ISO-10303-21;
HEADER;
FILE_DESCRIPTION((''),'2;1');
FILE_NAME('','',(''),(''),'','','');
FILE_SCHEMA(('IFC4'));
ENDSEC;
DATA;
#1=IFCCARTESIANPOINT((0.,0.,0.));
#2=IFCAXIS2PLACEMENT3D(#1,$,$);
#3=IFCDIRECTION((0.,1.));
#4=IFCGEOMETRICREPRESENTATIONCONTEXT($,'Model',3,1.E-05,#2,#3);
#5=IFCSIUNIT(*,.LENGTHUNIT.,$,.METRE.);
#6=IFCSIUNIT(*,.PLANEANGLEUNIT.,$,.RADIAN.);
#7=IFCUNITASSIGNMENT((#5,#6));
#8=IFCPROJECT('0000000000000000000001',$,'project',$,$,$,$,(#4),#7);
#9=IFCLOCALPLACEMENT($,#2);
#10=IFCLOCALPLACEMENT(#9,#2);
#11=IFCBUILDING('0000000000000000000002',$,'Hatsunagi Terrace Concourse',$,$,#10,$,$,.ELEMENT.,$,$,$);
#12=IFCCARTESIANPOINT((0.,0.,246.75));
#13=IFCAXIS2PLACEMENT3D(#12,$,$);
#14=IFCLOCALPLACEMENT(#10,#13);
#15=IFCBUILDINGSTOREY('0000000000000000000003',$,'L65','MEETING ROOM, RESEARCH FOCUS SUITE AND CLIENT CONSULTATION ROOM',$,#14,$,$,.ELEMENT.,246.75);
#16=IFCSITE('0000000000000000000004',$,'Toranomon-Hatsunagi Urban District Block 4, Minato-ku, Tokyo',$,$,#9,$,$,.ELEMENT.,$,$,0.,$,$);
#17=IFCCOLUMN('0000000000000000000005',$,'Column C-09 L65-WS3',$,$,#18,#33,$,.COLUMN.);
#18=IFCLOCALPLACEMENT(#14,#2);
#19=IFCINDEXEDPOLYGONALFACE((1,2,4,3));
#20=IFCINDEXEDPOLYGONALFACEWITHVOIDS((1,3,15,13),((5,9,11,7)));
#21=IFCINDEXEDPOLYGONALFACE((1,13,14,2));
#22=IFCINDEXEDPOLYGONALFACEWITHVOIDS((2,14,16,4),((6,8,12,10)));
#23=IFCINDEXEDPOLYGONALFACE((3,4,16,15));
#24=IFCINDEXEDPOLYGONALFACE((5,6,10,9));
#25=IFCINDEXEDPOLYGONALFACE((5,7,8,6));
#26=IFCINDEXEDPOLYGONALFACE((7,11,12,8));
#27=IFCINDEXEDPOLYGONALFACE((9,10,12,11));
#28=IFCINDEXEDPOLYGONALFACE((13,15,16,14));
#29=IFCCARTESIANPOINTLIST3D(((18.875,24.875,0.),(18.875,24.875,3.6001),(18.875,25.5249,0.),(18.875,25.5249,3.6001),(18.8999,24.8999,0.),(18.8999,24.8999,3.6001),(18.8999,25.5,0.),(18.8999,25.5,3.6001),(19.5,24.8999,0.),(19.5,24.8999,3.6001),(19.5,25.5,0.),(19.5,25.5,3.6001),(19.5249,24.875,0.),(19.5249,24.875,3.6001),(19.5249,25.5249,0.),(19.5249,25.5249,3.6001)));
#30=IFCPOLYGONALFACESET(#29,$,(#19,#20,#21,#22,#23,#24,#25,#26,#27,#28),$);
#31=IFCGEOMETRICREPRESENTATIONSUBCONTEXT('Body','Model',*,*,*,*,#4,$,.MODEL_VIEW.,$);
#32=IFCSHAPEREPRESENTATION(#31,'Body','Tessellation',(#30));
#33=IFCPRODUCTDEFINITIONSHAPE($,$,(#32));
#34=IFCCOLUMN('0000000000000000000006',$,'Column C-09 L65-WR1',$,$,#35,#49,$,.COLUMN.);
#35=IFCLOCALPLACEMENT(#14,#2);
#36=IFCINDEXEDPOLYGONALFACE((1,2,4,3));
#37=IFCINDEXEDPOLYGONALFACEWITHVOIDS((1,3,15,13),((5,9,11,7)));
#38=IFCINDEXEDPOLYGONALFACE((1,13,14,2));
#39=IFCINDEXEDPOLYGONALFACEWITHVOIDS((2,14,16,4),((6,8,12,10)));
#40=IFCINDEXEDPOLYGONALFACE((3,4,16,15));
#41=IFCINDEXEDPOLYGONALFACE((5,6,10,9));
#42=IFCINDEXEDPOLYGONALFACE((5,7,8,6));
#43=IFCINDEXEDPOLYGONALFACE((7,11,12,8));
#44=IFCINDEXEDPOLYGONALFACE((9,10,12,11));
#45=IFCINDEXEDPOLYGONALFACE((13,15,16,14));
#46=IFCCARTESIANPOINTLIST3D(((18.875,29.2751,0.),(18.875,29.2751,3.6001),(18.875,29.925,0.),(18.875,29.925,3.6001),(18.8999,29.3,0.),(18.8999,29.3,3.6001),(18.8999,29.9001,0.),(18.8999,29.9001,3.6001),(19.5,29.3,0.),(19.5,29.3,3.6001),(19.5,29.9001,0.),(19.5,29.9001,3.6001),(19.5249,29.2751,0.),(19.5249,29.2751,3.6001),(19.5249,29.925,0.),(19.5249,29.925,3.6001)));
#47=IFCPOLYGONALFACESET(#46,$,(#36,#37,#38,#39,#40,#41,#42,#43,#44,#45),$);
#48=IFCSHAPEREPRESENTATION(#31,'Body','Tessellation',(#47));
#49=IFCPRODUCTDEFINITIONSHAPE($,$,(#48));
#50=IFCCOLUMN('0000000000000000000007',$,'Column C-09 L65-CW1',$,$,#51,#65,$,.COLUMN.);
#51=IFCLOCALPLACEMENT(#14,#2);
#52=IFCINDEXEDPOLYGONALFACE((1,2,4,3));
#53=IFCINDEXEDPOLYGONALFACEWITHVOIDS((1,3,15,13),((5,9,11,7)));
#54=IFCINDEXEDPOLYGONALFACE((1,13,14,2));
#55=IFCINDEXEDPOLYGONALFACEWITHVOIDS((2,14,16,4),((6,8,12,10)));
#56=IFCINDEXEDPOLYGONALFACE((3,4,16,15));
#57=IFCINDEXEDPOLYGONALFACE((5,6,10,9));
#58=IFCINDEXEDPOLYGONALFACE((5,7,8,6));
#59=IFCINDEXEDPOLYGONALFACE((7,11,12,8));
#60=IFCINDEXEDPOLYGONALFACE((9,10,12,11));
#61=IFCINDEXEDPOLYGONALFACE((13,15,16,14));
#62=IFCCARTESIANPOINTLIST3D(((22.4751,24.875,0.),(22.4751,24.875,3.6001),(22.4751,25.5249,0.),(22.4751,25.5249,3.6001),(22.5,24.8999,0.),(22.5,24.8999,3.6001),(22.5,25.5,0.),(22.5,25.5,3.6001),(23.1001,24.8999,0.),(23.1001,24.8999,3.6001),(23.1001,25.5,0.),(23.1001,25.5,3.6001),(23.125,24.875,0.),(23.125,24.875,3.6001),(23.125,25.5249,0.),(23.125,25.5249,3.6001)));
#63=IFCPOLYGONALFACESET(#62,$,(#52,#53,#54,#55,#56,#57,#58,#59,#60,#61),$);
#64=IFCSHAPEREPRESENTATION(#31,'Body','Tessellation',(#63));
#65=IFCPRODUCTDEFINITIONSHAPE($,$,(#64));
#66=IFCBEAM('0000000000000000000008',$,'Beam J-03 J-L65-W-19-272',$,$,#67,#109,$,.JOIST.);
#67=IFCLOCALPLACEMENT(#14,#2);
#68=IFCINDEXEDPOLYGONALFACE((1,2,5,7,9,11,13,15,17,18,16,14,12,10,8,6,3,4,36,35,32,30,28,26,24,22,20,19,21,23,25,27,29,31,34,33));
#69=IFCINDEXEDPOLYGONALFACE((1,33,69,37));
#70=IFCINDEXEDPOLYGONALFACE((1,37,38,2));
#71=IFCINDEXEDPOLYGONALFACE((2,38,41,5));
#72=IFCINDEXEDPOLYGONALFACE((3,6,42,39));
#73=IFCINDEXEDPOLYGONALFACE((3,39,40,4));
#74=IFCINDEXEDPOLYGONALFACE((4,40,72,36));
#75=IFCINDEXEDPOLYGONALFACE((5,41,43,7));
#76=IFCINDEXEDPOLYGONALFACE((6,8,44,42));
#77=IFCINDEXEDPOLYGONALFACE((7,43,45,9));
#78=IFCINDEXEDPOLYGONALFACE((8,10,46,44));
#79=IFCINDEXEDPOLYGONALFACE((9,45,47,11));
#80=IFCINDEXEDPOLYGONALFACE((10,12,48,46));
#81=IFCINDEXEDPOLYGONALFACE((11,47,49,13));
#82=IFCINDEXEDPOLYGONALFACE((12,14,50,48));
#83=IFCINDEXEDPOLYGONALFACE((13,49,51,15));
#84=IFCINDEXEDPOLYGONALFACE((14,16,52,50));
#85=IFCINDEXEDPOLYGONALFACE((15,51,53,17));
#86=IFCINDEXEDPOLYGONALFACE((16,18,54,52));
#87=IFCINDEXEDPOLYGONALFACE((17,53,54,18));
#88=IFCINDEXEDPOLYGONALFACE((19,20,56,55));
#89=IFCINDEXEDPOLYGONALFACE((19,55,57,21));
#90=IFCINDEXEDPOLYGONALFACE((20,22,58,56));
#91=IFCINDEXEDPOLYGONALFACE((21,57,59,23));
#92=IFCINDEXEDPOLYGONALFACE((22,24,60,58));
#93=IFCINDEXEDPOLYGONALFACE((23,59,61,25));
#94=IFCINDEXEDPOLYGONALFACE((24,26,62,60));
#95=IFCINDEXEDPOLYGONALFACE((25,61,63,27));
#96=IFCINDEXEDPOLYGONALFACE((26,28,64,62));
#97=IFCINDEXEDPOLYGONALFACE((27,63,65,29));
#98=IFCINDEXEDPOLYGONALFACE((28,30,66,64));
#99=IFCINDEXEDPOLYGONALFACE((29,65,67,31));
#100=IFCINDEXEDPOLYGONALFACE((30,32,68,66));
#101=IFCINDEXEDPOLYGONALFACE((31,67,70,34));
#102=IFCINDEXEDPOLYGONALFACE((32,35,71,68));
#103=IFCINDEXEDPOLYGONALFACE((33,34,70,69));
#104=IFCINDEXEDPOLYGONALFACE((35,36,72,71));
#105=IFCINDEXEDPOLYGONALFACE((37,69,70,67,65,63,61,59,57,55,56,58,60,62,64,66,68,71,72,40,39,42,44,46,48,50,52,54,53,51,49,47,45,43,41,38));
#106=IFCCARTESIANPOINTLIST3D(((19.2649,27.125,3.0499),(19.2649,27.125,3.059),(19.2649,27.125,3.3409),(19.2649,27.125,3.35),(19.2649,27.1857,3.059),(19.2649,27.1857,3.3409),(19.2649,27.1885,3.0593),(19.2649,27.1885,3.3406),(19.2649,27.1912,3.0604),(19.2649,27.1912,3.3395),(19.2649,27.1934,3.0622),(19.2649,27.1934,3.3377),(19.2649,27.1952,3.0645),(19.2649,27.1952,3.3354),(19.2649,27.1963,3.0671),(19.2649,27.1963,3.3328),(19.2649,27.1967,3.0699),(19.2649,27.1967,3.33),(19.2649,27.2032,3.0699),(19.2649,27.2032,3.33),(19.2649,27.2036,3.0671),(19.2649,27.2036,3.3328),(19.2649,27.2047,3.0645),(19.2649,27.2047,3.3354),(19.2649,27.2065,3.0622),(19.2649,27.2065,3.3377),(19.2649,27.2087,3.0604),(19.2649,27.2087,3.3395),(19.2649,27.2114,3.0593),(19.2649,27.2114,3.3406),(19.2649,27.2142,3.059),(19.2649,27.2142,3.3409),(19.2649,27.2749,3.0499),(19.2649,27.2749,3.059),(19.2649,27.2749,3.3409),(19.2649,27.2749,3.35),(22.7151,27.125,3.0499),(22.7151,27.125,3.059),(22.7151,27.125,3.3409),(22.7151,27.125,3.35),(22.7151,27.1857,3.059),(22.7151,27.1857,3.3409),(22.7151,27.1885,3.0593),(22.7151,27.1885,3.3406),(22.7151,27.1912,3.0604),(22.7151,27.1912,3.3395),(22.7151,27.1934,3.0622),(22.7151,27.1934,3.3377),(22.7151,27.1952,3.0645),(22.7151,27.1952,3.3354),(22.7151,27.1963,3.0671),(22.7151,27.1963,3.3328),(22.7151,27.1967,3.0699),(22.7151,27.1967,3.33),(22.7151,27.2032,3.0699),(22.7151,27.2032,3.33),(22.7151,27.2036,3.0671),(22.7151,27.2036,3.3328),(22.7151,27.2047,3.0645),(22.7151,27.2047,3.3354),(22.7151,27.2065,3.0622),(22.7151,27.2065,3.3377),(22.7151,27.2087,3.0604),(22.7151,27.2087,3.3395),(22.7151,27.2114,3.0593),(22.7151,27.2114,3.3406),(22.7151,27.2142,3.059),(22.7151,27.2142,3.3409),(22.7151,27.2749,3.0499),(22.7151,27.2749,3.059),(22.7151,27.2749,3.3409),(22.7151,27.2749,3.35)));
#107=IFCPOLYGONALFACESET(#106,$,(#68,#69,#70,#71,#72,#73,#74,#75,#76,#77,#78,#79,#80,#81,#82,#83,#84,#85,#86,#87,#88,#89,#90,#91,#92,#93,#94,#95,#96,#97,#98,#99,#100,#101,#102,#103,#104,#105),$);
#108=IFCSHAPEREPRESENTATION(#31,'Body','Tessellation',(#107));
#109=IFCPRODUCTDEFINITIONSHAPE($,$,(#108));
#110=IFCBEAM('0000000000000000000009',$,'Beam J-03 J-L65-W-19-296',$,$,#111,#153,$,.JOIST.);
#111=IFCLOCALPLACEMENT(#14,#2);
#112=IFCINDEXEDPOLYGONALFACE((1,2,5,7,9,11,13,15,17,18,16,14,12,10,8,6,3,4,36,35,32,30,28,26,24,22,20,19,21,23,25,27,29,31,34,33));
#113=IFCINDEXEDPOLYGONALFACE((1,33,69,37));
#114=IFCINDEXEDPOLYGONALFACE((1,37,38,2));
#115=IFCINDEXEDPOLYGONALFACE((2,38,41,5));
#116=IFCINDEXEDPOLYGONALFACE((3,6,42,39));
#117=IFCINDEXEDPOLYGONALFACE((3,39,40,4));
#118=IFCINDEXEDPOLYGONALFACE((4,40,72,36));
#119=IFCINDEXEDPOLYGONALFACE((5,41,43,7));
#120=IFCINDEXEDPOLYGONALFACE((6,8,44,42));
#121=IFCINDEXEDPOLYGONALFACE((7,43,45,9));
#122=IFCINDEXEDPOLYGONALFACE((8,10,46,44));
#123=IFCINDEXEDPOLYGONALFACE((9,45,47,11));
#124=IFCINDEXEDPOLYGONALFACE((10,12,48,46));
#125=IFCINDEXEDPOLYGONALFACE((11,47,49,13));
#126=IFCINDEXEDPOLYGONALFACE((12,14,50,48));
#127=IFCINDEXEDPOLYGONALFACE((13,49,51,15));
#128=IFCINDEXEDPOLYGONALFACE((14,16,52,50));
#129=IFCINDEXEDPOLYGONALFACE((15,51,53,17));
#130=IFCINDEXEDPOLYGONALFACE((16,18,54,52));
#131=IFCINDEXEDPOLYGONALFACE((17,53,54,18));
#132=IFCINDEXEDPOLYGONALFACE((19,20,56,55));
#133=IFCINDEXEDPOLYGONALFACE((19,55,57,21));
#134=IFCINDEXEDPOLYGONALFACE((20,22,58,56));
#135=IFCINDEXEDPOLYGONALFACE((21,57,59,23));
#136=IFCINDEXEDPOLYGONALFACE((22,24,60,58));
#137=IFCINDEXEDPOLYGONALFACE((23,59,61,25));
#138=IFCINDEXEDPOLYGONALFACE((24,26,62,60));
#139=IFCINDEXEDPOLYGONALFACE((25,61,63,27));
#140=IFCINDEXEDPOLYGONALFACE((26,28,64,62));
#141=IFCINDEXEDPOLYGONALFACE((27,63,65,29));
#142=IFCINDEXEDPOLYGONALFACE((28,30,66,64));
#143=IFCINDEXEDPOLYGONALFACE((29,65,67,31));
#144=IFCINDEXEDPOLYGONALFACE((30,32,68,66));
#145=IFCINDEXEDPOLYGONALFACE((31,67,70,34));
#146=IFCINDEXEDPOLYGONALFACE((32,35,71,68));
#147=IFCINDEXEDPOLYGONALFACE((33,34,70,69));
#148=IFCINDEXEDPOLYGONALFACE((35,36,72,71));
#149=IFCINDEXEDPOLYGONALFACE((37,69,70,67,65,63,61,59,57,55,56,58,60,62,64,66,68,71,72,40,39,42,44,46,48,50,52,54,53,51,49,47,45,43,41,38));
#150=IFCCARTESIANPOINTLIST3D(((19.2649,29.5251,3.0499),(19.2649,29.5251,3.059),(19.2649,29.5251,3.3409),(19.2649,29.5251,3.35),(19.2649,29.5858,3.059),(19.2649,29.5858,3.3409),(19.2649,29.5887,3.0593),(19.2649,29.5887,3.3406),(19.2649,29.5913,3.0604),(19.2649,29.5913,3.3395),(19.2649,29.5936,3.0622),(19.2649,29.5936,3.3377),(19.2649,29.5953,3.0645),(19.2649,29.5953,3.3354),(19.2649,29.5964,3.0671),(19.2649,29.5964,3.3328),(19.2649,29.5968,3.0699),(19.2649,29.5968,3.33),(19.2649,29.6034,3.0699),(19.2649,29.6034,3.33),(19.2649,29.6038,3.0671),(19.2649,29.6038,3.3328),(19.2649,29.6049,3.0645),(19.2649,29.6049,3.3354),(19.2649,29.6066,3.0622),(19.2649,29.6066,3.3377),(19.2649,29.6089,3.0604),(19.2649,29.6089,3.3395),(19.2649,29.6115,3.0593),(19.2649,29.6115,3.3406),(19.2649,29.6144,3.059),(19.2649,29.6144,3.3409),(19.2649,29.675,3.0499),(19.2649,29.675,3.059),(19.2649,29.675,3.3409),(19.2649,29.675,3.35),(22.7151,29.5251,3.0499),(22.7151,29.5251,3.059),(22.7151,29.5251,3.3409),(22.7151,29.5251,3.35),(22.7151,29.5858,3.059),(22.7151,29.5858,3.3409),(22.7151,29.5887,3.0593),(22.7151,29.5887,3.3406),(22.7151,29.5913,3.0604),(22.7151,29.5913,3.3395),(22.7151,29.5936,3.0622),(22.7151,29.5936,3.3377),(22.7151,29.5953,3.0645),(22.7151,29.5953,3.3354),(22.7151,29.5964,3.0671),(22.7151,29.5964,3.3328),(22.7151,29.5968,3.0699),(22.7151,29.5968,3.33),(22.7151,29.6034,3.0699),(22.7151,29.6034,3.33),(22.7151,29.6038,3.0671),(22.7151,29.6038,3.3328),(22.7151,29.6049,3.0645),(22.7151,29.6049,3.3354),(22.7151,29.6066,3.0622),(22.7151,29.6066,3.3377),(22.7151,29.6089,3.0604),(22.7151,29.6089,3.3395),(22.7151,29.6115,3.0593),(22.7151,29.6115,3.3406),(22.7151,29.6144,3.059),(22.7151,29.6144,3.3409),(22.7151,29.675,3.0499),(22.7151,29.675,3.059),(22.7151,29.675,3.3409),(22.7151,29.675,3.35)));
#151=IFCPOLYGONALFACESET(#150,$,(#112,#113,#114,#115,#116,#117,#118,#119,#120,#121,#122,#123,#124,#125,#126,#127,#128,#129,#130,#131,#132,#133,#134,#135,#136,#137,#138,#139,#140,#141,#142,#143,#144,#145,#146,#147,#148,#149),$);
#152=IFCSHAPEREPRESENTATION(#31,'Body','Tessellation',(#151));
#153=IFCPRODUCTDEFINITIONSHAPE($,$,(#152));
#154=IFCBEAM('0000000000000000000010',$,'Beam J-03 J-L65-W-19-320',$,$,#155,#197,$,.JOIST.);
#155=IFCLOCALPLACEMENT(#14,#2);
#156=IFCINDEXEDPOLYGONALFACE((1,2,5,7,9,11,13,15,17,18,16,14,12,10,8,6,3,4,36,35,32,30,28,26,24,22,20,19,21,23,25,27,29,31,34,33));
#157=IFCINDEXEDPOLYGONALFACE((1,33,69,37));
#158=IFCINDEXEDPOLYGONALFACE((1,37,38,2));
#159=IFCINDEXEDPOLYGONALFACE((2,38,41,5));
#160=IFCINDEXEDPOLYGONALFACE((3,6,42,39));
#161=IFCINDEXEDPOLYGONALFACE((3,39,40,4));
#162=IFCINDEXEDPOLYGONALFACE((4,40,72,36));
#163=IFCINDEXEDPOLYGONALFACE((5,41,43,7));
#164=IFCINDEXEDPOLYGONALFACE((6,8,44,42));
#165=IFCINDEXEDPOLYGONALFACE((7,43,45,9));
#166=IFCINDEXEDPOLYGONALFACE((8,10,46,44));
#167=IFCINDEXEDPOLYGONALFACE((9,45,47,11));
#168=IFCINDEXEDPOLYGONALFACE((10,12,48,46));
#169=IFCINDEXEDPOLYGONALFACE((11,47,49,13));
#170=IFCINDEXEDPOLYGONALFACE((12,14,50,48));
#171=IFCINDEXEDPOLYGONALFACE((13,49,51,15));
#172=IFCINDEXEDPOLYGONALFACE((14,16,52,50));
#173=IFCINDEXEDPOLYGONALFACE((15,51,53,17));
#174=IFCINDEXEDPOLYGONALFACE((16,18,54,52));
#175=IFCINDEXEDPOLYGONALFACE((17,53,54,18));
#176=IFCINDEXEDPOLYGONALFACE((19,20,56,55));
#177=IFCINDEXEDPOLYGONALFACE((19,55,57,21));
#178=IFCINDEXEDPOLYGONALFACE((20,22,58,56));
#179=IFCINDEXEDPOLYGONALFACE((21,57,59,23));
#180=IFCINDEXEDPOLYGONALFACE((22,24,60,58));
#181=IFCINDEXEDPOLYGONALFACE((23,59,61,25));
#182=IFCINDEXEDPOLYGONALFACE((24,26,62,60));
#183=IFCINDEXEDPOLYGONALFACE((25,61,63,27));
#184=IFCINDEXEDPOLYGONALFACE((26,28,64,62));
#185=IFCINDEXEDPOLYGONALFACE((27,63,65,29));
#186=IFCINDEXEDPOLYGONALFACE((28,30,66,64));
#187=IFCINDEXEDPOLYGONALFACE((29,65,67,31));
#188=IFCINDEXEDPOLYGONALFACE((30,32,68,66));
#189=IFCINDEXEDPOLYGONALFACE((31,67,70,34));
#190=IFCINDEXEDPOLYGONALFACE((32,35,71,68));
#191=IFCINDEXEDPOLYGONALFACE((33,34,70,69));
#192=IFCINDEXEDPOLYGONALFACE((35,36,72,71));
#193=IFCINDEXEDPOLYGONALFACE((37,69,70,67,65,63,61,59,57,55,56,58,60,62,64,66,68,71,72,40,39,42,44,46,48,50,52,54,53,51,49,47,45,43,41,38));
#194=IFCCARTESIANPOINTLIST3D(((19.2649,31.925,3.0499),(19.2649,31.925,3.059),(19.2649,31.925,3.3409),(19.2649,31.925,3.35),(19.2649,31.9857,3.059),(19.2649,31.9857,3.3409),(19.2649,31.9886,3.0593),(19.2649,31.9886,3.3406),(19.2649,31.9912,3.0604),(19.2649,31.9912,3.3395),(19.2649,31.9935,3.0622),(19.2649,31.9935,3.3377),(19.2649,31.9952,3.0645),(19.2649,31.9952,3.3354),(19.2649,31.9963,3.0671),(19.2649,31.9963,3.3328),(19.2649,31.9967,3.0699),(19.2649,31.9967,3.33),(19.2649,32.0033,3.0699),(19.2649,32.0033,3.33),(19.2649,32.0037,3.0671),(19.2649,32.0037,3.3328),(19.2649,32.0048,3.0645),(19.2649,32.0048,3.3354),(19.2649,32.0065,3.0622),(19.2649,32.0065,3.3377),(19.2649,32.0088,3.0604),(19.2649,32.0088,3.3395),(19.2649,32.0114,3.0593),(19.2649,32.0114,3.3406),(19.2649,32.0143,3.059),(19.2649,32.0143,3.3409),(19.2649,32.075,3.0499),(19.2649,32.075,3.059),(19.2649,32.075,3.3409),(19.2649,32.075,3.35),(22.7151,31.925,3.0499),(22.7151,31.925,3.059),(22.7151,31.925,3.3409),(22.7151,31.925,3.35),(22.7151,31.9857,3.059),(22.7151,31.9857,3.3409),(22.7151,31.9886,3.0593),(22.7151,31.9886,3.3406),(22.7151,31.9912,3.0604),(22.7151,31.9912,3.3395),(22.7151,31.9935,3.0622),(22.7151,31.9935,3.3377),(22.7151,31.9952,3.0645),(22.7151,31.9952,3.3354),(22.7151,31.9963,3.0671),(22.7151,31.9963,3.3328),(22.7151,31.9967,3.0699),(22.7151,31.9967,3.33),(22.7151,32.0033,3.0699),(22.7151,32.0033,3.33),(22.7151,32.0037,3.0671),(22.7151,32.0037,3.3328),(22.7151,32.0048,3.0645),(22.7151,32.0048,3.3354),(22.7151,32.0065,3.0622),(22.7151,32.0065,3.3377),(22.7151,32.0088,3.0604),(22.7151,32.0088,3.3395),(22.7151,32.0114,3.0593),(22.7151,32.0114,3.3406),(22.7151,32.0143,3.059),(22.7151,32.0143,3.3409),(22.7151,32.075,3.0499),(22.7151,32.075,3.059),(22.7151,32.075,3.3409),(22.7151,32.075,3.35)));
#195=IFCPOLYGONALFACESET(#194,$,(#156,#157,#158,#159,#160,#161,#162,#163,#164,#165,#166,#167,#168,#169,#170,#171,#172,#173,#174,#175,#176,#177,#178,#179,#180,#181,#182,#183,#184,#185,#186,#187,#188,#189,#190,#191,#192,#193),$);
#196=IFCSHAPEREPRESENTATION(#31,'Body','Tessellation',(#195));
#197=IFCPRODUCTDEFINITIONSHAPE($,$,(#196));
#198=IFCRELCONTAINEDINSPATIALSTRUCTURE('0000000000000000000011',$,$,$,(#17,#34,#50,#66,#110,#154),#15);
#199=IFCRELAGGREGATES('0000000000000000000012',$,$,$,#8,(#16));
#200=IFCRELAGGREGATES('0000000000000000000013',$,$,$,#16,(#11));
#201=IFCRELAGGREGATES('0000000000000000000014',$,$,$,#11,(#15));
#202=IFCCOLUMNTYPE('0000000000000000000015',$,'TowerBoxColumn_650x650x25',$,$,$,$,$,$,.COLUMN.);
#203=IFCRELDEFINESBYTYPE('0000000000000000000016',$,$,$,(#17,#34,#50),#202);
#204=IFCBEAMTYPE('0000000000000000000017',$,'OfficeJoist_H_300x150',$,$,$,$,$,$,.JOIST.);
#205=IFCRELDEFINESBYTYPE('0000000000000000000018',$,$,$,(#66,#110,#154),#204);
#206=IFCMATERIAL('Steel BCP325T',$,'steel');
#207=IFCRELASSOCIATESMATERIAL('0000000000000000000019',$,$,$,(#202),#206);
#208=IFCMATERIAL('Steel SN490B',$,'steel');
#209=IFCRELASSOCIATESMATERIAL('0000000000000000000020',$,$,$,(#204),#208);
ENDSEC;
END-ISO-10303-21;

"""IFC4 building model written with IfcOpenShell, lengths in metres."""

from ifc_helpers import new_model, si_unit, direction, frame, origin, origin_2d, place, context, subcontext, project, spatial, hollow_rectangle, i_section, extrude, material, material_profile, profile_set, type_object, element, save


model = new_model("IFC4")

# Units and contexts
model_context = context("Model", 3, precision=1e-05, world=origin(), true_north=direction((0.0, 1.0)))
body_context = subcontext(model_context, "Body", "Model", "MODEL_VIEW")
ifc_project = project(units=[si_unit("LENGTHUNIT", "METRE"), si_unit("PLANEANGLEUNIT", "RADIAN")], contexts=[model_context])

# Site, building, storey
site_placement = place(None, origin())
site = spatial("IfcSite", under=ifc_project, at=site_placement, Name="Toranomon-Hatsunagi Urban District Block 4, Minato-ku, Tokyo", CompositionType="ELEMENT", RefElevation=0.0)
building_placement = place(site_placement, origin())
building = spatial("IfcBuilding", under=site, at=building_placement, Name="Hatsunagi Terrace Concourse", CompositionType="ELEMENT")
storey_placement = place(building_placement, frame((0.0, 0.0, 246.75)))
storey = spatial("IfcBuildingStorey", under=building, at=storey_placement, Name="L65", Description="MEETING ROOM, RESEARCH FOCUS SUITE AND CLIENT CONSULTATION ROOM", CompositionType="ELEMENT", Elevation=246.75)

# Columns
ifc_material_1 = material(Name="Steel BCP325T", Category="steel")
ifc_material_profile_1 = material_profile(ifc_material_1, hollow_rectangle(XDim=0.6499, YDim=0.6499, WallThickness=0.0249, at=origin_2d()), Name="BCP-650x650x25")
ifc_profile_set_1 = profile_set([ifc_material_profile_1], Name="Steel BCP325T")
column_type = type_object("IfcColumnType", Name="TowerBoxColumn_650x650x25", PredefinedType="COLUMN", material=ifc_profile_set_1)
for number, where, z_axis, x_axis, name in (
    (1, (19.2, 25.2, 0.0), (0.0, 0.0, 1.0), (1.0, 0.0, 0.0), "Column C-09 L65-WS3"),
    (2, (19.2, 29.6001, 0.0), (0.0, 0.0, 1.0), (1.0, 0.0, 0.0), "Column C-09 L65-WR1"),
    (3, (22.8, 25.2, 0.0), (0.0, 0.0, 1.0), (1.0, 0.0, 0.0), "Column C-09 L65-CW1"),
):
    element("IfcColumn", number, at=place(storey_placement, frame(where, z_axis=z_axis, x_axis=x_axis)), inside=storey, type_object=column_type, Name=name, PredefinedType="COLUMN", context=body_context, shape_type="SweptSolid", body=[
        extrude(hollow_rectangle(XDim=0.6499, YDim=0.6499, WallThickness=0.0249, at=origin_2d()), origin(), (0.0, 0.0, 1.0), 3.6001),
    ])

# Beams
ifc_material_2 = material(Name="Steel SN490B", Category="steel")
ifc_material_profile_2 = material_profile(ifc_material_2, i_section(OverallWidth=0.1499, OverallDepth=0.3, WebThickness=0.0066, FlangeThickness=0.009, FilletRadius=0.011, at=origin_2d()), Name="H-300x150x6.5x9")
ifc_profile_set_2 = profile_set([ifc_material_profile_2], Name="Steel SN490B")
beam_type_1 = type_object("IfcBeamType", Name="OfficeJoist_H_300x150", PredefinedType="JOIST", material=ifc_profile_set_2)
for number, where, z_axis, x_axis, name in (
    (4, (19.2649, 27.2, 3.2), (1.0, 0.0, 0.0), (0.0, 1.0, 0.0), "Beam J-03 J-L65-W-19-272"),
    (5, (19.2649, 29.6001, 3.2), (1.0, 0.0, 0.0), (0.0, 1.0, 0.0), "Beam J-03 J-L65-W-19-296"),
    (6, (19.2649, 32.0, 3.2), (1.0, 0.0, 0.0), (0.0, 1.0, 0.0), "Beam J-03 J-L65-W-19-320"),
):
    element("IfcBeam", number, at=place(storey_placement, frame(where, z_axis=z_axis, x_axis=x_axis)), inside=storey, type_object=beam_type_1, Name=name, PredefinedType="JOIST", context=body_context, shape_type="SweptSolid", body=[
        extrude(i_section(OverallWidth=0.1499, OverallDepth=0.3, WebThickness=0.0066, FlangeThickness=0.009, FilletRadius=0.011, at=origin_2d()), origin(), (0.0, 0.0, 1.0), 3.4502),
    ])

save(model, "model.ifc")
